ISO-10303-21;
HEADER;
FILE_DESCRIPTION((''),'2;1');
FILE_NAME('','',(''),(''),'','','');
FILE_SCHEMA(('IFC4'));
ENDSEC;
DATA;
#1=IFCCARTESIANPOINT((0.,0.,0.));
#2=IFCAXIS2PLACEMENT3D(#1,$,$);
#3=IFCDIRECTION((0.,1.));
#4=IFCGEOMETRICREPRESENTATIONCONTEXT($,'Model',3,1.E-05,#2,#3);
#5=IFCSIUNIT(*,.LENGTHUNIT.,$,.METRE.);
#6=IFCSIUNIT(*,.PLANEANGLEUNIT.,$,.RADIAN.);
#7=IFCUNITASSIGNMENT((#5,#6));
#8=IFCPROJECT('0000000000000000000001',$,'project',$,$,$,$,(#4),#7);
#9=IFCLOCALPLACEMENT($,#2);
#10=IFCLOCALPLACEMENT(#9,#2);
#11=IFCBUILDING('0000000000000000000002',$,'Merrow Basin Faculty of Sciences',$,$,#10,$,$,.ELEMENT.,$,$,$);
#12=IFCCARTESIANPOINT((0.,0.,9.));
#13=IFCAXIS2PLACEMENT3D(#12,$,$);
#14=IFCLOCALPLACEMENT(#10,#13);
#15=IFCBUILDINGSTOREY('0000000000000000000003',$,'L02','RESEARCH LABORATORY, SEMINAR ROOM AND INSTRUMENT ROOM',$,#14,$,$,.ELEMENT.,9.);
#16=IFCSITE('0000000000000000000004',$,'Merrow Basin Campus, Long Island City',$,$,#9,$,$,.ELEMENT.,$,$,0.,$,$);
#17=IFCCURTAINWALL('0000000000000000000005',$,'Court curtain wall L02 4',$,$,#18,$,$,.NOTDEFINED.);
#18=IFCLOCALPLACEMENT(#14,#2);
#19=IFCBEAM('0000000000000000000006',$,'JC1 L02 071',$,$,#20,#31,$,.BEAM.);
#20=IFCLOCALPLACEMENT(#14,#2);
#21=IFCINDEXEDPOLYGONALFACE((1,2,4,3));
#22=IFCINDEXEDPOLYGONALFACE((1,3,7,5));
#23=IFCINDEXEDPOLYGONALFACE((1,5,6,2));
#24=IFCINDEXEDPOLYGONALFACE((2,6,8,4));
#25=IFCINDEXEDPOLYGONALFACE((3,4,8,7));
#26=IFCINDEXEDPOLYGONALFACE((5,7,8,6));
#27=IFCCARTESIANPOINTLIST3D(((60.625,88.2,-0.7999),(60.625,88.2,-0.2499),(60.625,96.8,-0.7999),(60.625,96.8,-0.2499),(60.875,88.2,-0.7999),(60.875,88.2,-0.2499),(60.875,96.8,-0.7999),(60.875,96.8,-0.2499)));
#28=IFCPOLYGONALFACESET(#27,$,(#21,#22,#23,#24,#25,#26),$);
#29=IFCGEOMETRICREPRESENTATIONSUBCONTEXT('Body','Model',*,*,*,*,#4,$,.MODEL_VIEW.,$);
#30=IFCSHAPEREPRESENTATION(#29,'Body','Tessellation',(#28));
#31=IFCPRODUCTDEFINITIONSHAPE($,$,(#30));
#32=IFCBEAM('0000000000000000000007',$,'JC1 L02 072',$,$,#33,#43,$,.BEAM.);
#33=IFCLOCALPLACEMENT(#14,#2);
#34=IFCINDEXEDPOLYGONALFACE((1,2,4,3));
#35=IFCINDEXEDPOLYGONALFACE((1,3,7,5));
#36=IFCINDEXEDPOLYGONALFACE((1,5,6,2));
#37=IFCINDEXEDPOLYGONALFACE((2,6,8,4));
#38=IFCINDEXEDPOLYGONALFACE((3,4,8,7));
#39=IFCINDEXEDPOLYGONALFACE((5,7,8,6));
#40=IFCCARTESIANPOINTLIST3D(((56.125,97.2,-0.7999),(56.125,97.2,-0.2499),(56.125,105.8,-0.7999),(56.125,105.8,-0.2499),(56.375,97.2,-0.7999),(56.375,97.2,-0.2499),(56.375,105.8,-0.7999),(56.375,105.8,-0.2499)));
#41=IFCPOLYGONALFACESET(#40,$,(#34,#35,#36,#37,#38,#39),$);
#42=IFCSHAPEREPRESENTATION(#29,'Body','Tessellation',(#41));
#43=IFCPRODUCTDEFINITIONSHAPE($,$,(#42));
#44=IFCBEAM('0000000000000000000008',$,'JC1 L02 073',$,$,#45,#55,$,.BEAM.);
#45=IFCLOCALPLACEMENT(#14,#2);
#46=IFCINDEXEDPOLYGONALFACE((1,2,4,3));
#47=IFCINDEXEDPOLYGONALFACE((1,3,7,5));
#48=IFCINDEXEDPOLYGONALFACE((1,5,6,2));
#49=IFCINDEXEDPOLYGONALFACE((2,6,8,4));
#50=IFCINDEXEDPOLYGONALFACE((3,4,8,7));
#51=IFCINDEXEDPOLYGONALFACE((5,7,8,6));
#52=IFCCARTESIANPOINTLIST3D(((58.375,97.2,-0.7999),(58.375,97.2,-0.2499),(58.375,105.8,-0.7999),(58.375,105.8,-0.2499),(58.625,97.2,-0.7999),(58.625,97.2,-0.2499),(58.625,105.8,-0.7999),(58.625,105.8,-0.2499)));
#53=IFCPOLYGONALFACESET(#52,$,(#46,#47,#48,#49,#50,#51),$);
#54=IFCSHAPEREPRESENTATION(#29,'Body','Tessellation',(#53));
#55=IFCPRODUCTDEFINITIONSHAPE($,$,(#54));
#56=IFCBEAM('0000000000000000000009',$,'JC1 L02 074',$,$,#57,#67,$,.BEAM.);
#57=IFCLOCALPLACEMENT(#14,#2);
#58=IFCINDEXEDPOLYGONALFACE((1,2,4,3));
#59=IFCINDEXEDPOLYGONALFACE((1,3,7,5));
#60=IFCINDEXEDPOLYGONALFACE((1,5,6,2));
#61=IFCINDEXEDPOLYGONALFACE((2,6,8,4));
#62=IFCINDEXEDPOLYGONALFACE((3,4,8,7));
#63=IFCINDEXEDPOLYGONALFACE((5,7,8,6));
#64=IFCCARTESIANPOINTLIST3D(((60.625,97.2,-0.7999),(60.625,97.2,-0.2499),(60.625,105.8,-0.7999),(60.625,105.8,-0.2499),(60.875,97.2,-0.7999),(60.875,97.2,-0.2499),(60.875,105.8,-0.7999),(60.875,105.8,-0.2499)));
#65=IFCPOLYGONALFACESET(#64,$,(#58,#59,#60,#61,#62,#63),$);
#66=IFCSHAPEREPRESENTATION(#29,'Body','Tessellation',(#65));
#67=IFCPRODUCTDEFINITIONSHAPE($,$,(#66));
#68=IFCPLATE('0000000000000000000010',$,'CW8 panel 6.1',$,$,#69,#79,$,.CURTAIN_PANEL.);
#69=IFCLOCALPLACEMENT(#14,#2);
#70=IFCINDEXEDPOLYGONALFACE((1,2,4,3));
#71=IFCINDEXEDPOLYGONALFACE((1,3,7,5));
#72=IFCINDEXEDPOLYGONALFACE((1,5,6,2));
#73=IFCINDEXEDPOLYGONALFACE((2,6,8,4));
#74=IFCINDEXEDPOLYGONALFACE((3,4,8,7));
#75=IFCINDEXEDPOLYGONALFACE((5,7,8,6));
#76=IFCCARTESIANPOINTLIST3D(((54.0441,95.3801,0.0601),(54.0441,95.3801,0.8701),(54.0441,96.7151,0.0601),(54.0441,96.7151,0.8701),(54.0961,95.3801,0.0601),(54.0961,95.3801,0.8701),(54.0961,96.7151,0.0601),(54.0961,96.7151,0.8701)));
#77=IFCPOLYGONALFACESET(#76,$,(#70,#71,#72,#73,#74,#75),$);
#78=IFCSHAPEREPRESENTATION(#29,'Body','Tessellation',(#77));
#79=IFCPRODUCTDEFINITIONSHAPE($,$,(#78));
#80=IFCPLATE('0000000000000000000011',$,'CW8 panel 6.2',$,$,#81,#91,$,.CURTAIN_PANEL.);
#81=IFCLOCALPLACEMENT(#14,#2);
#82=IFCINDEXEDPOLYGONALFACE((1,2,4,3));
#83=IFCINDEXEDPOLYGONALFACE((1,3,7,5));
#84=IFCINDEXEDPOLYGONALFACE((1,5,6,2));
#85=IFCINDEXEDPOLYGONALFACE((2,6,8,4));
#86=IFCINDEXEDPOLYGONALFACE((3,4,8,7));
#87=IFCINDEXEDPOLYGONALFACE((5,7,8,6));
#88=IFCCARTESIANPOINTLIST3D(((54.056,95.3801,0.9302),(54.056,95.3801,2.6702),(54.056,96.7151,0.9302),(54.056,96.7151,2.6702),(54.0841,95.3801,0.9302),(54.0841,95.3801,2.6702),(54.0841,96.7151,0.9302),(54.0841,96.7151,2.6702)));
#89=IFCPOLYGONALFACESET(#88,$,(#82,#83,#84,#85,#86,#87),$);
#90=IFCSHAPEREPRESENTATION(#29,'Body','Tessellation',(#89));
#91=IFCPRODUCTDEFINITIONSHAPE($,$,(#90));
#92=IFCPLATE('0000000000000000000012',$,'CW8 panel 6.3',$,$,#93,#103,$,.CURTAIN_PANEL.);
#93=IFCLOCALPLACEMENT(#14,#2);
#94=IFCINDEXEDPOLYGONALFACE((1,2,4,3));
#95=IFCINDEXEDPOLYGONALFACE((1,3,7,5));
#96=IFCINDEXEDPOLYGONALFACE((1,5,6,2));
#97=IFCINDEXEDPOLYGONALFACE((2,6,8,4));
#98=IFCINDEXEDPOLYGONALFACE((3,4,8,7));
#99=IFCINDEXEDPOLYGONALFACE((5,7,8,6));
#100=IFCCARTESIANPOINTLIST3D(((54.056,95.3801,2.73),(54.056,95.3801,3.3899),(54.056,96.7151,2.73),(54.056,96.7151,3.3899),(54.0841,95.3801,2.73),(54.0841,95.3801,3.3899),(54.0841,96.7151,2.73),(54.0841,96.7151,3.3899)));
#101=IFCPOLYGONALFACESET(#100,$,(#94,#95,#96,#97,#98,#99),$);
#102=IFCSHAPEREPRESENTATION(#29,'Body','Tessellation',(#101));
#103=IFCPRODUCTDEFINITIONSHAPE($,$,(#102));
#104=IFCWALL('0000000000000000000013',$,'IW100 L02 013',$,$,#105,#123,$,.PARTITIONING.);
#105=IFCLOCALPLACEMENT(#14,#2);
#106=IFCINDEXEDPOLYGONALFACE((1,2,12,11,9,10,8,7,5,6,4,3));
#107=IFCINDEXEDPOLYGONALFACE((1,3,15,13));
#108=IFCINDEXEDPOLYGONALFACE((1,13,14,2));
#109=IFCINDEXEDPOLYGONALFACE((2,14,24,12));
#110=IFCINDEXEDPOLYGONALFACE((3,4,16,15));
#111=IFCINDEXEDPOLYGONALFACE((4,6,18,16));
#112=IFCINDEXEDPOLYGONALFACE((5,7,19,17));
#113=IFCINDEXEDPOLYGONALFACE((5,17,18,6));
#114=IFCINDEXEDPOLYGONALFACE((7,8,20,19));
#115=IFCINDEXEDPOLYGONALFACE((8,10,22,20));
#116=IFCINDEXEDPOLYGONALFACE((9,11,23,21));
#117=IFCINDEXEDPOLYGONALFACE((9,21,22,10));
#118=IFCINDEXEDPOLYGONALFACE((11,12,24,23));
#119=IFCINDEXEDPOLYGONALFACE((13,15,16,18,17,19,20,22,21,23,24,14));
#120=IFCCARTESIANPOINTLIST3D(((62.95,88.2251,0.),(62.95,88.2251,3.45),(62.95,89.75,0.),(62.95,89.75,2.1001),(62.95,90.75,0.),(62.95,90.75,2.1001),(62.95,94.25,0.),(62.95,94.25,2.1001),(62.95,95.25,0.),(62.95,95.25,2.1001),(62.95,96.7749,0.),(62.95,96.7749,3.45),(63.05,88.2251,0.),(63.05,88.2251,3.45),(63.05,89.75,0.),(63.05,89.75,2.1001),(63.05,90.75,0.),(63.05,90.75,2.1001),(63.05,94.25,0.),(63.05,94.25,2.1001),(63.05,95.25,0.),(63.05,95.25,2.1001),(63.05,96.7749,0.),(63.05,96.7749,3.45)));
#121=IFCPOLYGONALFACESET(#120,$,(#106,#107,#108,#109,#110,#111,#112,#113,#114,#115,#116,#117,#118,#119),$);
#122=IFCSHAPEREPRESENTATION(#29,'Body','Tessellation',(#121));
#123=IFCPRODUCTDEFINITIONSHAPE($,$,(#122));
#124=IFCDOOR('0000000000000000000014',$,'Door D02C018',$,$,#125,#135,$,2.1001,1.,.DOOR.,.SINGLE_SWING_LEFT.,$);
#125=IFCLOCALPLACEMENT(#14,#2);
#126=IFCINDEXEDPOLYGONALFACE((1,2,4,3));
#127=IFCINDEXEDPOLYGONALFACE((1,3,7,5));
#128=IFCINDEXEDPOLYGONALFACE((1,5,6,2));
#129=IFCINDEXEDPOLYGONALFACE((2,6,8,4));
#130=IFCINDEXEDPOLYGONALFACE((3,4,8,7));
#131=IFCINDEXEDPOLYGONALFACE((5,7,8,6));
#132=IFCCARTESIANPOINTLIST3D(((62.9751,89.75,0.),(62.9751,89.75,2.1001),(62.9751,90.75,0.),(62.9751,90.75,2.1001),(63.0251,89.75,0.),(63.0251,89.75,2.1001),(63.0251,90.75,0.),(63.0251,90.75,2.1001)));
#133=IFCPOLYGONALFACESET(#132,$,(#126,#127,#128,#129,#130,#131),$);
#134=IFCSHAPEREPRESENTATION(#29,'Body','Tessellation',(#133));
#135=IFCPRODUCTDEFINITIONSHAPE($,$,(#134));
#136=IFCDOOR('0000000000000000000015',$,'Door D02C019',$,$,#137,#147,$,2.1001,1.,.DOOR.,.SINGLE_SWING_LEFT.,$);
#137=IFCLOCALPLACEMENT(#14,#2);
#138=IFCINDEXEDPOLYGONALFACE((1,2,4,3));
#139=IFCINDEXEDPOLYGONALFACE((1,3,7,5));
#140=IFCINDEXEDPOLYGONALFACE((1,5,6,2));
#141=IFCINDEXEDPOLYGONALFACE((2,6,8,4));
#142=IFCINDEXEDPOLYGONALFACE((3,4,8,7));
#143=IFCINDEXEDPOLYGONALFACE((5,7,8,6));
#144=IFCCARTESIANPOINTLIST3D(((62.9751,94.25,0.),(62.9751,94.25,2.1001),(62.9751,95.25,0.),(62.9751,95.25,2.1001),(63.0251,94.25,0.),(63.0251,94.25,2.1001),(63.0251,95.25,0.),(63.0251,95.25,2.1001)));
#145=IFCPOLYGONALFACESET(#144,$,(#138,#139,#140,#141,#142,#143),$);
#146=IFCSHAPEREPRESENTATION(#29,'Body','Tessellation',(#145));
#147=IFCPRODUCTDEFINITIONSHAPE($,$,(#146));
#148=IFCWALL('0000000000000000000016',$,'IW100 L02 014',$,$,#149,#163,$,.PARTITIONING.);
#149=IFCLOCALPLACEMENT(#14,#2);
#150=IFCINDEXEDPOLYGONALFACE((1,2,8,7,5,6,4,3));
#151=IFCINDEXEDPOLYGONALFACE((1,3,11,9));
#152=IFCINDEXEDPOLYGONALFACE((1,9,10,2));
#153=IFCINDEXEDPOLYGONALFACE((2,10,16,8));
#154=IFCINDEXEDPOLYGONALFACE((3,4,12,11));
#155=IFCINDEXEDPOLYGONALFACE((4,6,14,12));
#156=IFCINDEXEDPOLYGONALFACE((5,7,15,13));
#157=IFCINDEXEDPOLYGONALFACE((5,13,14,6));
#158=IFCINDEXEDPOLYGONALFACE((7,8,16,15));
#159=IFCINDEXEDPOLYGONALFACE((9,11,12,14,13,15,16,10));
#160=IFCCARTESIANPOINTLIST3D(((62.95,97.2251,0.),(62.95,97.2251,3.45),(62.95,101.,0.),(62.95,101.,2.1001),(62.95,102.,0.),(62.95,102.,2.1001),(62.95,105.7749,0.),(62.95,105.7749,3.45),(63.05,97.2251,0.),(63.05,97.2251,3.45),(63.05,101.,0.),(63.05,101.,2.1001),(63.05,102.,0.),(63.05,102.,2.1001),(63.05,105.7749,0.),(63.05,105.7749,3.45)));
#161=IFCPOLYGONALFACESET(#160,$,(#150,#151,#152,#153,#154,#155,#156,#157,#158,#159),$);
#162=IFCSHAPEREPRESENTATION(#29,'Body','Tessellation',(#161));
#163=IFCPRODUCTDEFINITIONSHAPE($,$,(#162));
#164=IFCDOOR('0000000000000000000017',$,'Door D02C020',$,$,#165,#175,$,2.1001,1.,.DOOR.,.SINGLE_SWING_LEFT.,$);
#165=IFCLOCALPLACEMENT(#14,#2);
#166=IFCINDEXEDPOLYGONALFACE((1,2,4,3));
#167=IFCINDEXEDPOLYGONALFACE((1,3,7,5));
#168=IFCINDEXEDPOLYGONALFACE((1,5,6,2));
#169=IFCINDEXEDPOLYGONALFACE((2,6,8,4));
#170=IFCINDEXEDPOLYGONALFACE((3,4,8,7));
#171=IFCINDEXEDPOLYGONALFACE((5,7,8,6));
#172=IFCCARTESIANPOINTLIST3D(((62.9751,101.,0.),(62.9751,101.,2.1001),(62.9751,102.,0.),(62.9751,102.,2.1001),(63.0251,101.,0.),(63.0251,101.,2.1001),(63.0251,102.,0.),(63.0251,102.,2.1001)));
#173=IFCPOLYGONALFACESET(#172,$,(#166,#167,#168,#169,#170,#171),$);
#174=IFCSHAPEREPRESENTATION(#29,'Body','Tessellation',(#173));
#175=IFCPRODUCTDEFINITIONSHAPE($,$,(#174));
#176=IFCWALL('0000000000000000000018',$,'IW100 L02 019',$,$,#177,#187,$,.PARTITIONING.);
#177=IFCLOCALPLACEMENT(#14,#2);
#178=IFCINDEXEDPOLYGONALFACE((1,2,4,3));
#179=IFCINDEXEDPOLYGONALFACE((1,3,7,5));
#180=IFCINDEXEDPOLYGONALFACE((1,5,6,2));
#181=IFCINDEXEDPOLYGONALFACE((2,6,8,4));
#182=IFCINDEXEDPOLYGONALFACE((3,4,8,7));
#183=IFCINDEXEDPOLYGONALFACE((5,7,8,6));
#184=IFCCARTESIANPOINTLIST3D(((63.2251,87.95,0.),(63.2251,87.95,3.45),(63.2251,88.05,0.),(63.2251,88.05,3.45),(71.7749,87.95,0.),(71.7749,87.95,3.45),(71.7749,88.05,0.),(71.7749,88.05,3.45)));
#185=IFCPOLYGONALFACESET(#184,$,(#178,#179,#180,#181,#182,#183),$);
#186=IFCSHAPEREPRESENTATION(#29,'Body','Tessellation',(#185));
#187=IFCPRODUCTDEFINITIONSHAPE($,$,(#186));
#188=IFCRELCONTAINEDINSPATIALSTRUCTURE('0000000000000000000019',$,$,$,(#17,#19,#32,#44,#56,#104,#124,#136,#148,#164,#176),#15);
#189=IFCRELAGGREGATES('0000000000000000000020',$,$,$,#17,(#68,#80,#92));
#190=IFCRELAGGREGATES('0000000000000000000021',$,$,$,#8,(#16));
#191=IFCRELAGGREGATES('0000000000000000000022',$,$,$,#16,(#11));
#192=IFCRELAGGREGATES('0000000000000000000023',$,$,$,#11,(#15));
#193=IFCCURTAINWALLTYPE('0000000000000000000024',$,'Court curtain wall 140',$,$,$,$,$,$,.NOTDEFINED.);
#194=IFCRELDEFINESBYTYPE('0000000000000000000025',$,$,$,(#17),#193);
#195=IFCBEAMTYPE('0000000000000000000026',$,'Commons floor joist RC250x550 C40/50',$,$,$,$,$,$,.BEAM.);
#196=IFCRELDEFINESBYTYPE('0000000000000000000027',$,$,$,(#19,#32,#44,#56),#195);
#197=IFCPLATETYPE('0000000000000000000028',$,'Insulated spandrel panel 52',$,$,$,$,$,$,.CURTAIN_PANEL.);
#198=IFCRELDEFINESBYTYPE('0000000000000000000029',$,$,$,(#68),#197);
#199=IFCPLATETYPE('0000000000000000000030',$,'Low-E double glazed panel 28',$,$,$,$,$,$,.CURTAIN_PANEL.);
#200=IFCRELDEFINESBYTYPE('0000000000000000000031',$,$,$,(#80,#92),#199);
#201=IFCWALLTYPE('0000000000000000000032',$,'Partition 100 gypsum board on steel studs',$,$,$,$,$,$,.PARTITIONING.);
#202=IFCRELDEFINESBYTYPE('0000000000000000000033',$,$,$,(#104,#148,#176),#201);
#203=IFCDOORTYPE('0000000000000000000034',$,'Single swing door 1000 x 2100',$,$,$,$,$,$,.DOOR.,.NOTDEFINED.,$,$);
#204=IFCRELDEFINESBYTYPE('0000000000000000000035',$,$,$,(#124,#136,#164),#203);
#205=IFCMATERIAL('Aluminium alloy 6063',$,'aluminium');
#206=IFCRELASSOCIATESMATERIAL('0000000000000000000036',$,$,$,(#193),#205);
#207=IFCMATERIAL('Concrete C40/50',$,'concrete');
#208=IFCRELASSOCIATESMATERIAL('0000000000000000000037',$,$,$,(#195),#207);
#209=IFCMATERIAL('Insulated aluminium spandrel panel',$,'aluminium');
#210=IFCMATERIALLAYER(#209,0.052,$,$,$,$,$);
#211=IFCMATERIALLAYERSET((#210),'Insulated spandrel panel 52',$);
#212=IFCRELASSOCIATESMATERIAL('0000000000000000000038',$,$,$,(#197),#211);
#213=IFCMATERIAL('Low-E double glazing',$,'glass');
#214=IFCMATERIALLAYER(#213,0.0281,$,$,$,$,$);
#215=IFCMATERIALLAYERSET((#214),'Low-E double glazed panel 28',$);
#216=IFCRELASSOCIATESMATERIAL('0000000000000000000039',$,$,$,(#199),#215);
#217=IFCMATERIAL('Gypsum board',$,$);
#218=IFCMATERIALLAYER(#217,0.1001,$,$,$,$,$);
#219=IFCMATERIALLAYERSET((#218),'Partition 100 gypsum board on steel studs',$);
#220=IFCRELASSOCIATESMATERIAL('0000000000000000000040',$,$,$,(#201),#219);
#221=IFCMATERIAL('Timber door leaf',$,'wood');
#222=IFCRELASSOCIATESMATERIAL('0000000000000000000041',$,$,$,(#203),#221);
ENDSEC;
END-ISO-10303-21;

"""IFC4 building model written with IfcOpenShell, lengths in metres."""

from ifc_helpers import new_model, si_unit, direction, frame, frame_2d, origin, origin_2d, place, context, subcontext, project, spatial, rectangle, extrude, material, layer, layer_set, material_profile, profile_set, type_object, element, fill, aggregate, save


model = new_model("IFC4")

# Units and contexts
model_context = context("Model", 3, precision=1e-05, world=origin(), true_north=direction((0.0, 1.0)))
body_context = subcontext(model_context, "Body", "Model", "MODEL_VIEW")
ifc_project = project(units=[si_unit("LENGTHUNIT", "METRE"), si_unit("PLANEANGLEUNIT", "RADIAN")], contexts=[model_context])

# Site, building, storey
site_placement = place(None, origin())
site = spatial("IfcSite", under=ifc_project, at=site_placement, Name="Merrow Basin Campus, Long Island City", CompositionType="ELEMENT", RefElevation=0.0)
building_placement = place(site_placement, origin())
building = spatial("IfcBuilding", under=site, at=building_placement, Name="Merrow Basin Faculty of Sciences", CompositionType="ELEMENT")
storey_placement = place(building_placement, frame((0.0, 0.0, 9.0)))
storey = spatial("IfcBuildingStorey", under=building, at=storey_placement, Name="L02", Description="RESEARCH LABORATORY, SEMINAR ROOM AND INSTRUMENT ROOM", CompositionType="ELEMENT", Elevation=9.0)

# Curtain wall
ifc_material_1 = material(Name="Aluminium alloy 6063", Category="aluminium")
curtain_wall_type = type_object("IfcCurtainWallType", Name="Court curtain wall 140", PredefinedType="NOTDEFINED", material=ifc_material_1)
curtain_wall_1_placement = place(storey_placement, origin())
curtain_wall_1 = element("IfcCurtainWall", 1, at=curtain_wall_1_placement, inside=storey, type_object=curtain_wall_type, Name="Court curtain wall L02 4", PredefinedType="NOTDEFINED")

# Beams
ifc_material_2 = material(Name="Concrete C40/50", Category="concrete")
ifc_material_profile_1 = material_profile(ifc_material_2, rectangle(XDim=0.25, YDim=0.55, at=origin_2d()))
ifc_profile_set_1 = profile_set([ifc_material_profile_1], Name="Concrete C40/50")
beam_type_1 = type_object("IfcBeamType", Name="Commons floor joist RC250x550 C40/50", PredefinedType="BEAM", material=ifc_profile_set_1)
for number, where, z_axis, x_axis, name in (
    (2, (60.75, 88.2, -0.5249), (0.0, 1.0, 0.0), (-1.0, 0.0, 0.0), "JC1 L02 071"),
    (3, (56.25, 97.2, -0.5249), (0.0, 1.0, 0.0), (-1.0, 0.0, 0.0), "JC1 L02 072"),
    (4, (58.5, 97.2, -0.5249), (0.0, 1.0, 0.0), (-1.0, 0.0, 0.0), "JC1 L02 073"),
    (5, (60.75, 97.2, -0.5249), (0.0, 1.0, 0.0), (-1.0, 0.0, 0.0), "JC1 L02 074"),
):
    element("IfcBeam", number, at=place(storey_placement, frame(where, z_axis=z_axis, x_axis=x_axis)), inside=storey, type_object=beam_type_1, Name=name, PredefinedType="BEAM", context=body_context, shape_type="SweptSolid", body=[
        extrude(rectangle(XDim=0.25, YDim=0.55, at=origin_2d()), origin(), (0.0, 0.0, 1.0), 8.6001),
    ])

# Plates
ifc_material_3 = material(Name="Insulated aluminium spandrel panel", Category="aluminium")
ifc_layer_1 = layer(ifc_material_3, 0.052)
ifc_layer_set_1 = layer_set([ifc_layer_1], Name="Insulated spandrel panel 52")
plate_type_1 = type_object("IfcPlateType", Name="Insulated spandrel panel 52", PredefinedType="CURTAIN_PANEL", material=ifc_layer_set_1)
plate_1_placement = place(storey_placement, frame((54.0701, 96.0476, 0.0601), z_axis=(0.0, 0.0, 1.0), x_axis=(0.0, 1.0, 0.0)))
plate_1 = element("IfcPlate", 6, at=plate_1_placement, type_object=plate_type_1, Name="CW8 panel 6.1", PredefinedType="CURTAIN_PANEL", context=body_context, shape_type="SweptSolid", body=[
    extrude(rectangle(XDim=1.335, YDim=0.052, at=origin_2d()), origin(), (0.0, 0.0, 1.0), 0.8101),
])
ifc_material_4 = material(Name="Low-E double glazing", Category="glass")
ifc_layer_2 = layer(ifc_material_4, 0.0281)
ifc_layer_set_2 = layer_set([ifc_layer_2], Name="Low-E double glazed panel 28")
plate_type_2 = type_object("IfcPlateType", Name="Low-E double glazed panel 28", PredefinedType="CURTAIN_PANEL", material=ifc_layer_set_2)
plate_2_placement = place(storey_placement, frame((54.0701, 96.0476, 0.9302), z_axis=(0.0, 0.0, 1.0), x_axis=(0.0, 1.0, 0.0)))
plate_2 = element("IfcPlate", 7, at=plate_2_placement, type_object=plate_type_2, Name="CW8 panel 6.2", PredefinedType="CURTAIN_PANEL", context=body_context, shape_type="SweptSolid", body=[
    extrude(rectangle(XDim=1.335, YDim=0.0281, at=origin_2d()), origin(), (0.0, 0.0, 1.0), 1.74),
])
plate_3_placement = place(storey_placement, frame((54.0701, 96.0476, 2.73), z_axis=(0.0, 0.0, 1.0), x_axis=(0.0, 1.0, 0.0)))
plate_3 = element("IfcPlate", 8, at=plate_3_placement, type_object=plate_type_2, Name="CW8 panel 6.3", PredefinedType="CURTAIN_PANEL", context=body_context, shape_type="SweptSolid", body=[
    extrude(rectangle(XDim=1.335, YDim=0.0281, at=origin_2d()), origin(), (0.0, 0.0, 1.0), 0.6599),
])
aggregate(curtain_wall_1, [plate_1, plate_2, plate_3])

# Wall, openings, doors
ifc_material_5 = material(Name="Gypsum board")
ifc_layer_3 = layer(ifc_material_5, 0.1001)
ifc_layer_set_3 = layer_set([ifc_layer_3], Name="Partition 100 gypsum board on steel studs")
wall_type = type_object("IfcWallType", Name="Partition 100 gypsum board on steel studs", PredefinedType="PARTITIONING", material=ifc_layer_set_3)
wall_1_placement = place(storey_placement, frame((63.0, 88.2251, 0.0), z_axis=(0.0, 0.0, 1.0), x_axis=(0.0, 1.0, 0.0)))
wall_1 = element("IfcWall", 9, at=wall_1_placement, inside=storey, type_object=wall_type, Name="IW100 L02 013", PredefinedType="PARTITIONING", context=body_context, shape_type="SweptSolid", body=[
    extrude(rectangle(XDim=8.5498, YDim=0.1001, at=frame_2d((4.2749, 0.0))), origin(), (0.0, 0.0, 1.0), 3.45),
])
opening_1_placement = place(wall_1_placement, frame((1.5249, 0.0, 0.0)))
opening_1 = element("IfcOpeningElement", 10, at=opening_1_placement, cuts=wall_1, PredefinedType="OPENING", context=body_context, shape_type="SweptSolid", body=[
    extrude(rectangle(XDim=1.0, YDim=2.1001, at=frame_2d((0.5, 1.05))), frame((0.0, 0.0601, 0.0), z_axis=(0.0, -1.0, 0.0), x_axis=(1.0, 0.0, 0.0)), (0.0, 0.0, 1.0), 0.1201),
])
opening_2_placement = place(wall_1_placement, frame((6.0249, 0.0, 0.0)))
opening_2 = element("IfcOpeningElement", 11, at=opening_2_placement, cuts=wall_1, PredefinedType="OPENING", context=body_context, shape_type="SweptSolid", body=[
    extrude(rectangle(XDim=1.0, YDim=2.1001, at=frame_2d((0.5, 1.05))), frame((0.0, 0.0601, 0.0), z_axis=(0.0, -1.0, 0.0), x_axis=(1.0, 0.0, 0.0)), (0.0, 0.0, 1.0), 0.1201),
])
ifc_material_6 = material(Name="Timber door leaf", Category="wood")
door_type = type_object("IfcDoorType", Name="Single swing door 1000 x 2100", OperationType="NOTDEFINED", PredefinedType="DOOR", material=ifc_material_6)
door_1_placement = place(opening_1_placement, origin())
door_1 = element("IfcDoor", 12, at=door_1_placement, inside=storey, type_object=door_type, Name="Door D02C018", OperationType="SINGLE_SWING_LEFT", OverallHeight=2.1001, OverallWidth=1.0, PredefinedType="DOOR", context=body_context, shape_type="SweptSolid", body=[
    extrude(rectangle(XDim=1.0, YDim=2.1001, at=frame_2d((0.5, 1.05))), frame((0.0, 0.0249, 0.0), z_axis=(0.0, -1.0, 0.0), x_axis=(1.0, 0.0, 0.0)), (0.0, 0.0, 1.0), 0.05),
])
fill(opening_1, door_1)
door_2_placement = place(opening_2_placement, origin())
door_2 = element("IfcDoor", 13, at=door_2_placement, inside=storey, type_object=door_type, Name="Door D02C019", OperationType="SINGLE_SWING_LEFT", OverallHeight=2.1001, OverallWidth=1.0, PredefinedType="DOOR", context=body_context, shape_type="SweptSolid", body=[
    extrude(rectangle(XDim=1.0, YDim=2.1001, at=frame_2d((0.5, 1.05))), frame((0.0, 0.0249, 0.0), z_axis=(0.0, -1.0, 0.0), x_axis=(1.0, 0.0, 0.0)), (0.0, 0.0, 1.0), 0.05),
])
fill(opening_2, door_2)

# Wall, opening, door
wall_2_placement = place(storey_placement, frame((63.0, 97.2251, 0.0), z_axis=(0.0, 0.0, 1.0), x_axis=(0.0, 1.0, 0.0)))
wall_2 = element("IfcWall", 14, at=wall_2_placement, inside=storey, type_object=wall_type, Name="IW100 L02 014", PredefinedType="PARTITIONING", context=body_context, shape_type="SweptSolid", body=[
    extrude(rectangle(XDim=8.5498, YDim=0.1001, at=frame_2d((4.2749, 0.0))), origin(), (0.0, 0.0, 1.0), 3.45),
])
opening_3_placement = place(wall_2_placement, frame((3.7749, 0.0, 0.0)))
opening_3 = element("IfcOpeningElement", 15, at=opening_3_placement, cuts=wall_2, PredefinedType="OPENING", context=body_context, shape_type="SweptSolid", body=[
    extrude(rectangle(XDim=1.0, YDim=2.1001, at=frame_2d((0.5, 1.05))), frame((0.0, 0.0601, 0.0), z_axis=(0.0, -1.0, 0.0), x_axis=(1.0, 0.0, 0.0)), (0.0, 0.0, 1.0), 0.1201),
])
door_3_placement = place(opening_3_placement, origin())
door_3 = element("IfcDoor", 16, at=door_3_placement, inside=storey, type_object=door_type, Name="Door D02C020", OperationType="SINGLE_SWING_LEFT", OverallHeight=2.1001, OverallWidth=1.0, PredefinedType="DOOR", context=body_context, shape_type="SweptSolid", body=[
    extrude(rectangle(XDim=1.0, YDim=2.1001, at=frame_2d((0.5, 1.05))), frame((0.0, 0.0249, 0.0), z_axis=(0.0, -1.0, 0.0), x_axis=(1.0, 0.0, 0.0)), (0.0, 0.0, 1.0), 0.05),
])
fill(opening_3, door_3)

# Wall
wall_3_placement = place(storey_placement, frame((63.2251, 88.0, 0.0), z_axis=(0.0, 0.0, 1.0), x_axis=(1.0, 0.0, 0.0)))
element("IfcWall", 17, at=wall_3_placement, inside=storey, type_object=wall_type, Name="IW100 L02 019", PredefinedType="PARTITIONING", context=body_context, shape_type="SweptSolid", body=[
    extrude(rectangle(XDim=8.5498, YDim=0.1001, at=frame_2d((4.2749, 0.0))), origin(), (0.0, 0.0, 1.0), 3.45),
])

save(model, "model.ifc")
